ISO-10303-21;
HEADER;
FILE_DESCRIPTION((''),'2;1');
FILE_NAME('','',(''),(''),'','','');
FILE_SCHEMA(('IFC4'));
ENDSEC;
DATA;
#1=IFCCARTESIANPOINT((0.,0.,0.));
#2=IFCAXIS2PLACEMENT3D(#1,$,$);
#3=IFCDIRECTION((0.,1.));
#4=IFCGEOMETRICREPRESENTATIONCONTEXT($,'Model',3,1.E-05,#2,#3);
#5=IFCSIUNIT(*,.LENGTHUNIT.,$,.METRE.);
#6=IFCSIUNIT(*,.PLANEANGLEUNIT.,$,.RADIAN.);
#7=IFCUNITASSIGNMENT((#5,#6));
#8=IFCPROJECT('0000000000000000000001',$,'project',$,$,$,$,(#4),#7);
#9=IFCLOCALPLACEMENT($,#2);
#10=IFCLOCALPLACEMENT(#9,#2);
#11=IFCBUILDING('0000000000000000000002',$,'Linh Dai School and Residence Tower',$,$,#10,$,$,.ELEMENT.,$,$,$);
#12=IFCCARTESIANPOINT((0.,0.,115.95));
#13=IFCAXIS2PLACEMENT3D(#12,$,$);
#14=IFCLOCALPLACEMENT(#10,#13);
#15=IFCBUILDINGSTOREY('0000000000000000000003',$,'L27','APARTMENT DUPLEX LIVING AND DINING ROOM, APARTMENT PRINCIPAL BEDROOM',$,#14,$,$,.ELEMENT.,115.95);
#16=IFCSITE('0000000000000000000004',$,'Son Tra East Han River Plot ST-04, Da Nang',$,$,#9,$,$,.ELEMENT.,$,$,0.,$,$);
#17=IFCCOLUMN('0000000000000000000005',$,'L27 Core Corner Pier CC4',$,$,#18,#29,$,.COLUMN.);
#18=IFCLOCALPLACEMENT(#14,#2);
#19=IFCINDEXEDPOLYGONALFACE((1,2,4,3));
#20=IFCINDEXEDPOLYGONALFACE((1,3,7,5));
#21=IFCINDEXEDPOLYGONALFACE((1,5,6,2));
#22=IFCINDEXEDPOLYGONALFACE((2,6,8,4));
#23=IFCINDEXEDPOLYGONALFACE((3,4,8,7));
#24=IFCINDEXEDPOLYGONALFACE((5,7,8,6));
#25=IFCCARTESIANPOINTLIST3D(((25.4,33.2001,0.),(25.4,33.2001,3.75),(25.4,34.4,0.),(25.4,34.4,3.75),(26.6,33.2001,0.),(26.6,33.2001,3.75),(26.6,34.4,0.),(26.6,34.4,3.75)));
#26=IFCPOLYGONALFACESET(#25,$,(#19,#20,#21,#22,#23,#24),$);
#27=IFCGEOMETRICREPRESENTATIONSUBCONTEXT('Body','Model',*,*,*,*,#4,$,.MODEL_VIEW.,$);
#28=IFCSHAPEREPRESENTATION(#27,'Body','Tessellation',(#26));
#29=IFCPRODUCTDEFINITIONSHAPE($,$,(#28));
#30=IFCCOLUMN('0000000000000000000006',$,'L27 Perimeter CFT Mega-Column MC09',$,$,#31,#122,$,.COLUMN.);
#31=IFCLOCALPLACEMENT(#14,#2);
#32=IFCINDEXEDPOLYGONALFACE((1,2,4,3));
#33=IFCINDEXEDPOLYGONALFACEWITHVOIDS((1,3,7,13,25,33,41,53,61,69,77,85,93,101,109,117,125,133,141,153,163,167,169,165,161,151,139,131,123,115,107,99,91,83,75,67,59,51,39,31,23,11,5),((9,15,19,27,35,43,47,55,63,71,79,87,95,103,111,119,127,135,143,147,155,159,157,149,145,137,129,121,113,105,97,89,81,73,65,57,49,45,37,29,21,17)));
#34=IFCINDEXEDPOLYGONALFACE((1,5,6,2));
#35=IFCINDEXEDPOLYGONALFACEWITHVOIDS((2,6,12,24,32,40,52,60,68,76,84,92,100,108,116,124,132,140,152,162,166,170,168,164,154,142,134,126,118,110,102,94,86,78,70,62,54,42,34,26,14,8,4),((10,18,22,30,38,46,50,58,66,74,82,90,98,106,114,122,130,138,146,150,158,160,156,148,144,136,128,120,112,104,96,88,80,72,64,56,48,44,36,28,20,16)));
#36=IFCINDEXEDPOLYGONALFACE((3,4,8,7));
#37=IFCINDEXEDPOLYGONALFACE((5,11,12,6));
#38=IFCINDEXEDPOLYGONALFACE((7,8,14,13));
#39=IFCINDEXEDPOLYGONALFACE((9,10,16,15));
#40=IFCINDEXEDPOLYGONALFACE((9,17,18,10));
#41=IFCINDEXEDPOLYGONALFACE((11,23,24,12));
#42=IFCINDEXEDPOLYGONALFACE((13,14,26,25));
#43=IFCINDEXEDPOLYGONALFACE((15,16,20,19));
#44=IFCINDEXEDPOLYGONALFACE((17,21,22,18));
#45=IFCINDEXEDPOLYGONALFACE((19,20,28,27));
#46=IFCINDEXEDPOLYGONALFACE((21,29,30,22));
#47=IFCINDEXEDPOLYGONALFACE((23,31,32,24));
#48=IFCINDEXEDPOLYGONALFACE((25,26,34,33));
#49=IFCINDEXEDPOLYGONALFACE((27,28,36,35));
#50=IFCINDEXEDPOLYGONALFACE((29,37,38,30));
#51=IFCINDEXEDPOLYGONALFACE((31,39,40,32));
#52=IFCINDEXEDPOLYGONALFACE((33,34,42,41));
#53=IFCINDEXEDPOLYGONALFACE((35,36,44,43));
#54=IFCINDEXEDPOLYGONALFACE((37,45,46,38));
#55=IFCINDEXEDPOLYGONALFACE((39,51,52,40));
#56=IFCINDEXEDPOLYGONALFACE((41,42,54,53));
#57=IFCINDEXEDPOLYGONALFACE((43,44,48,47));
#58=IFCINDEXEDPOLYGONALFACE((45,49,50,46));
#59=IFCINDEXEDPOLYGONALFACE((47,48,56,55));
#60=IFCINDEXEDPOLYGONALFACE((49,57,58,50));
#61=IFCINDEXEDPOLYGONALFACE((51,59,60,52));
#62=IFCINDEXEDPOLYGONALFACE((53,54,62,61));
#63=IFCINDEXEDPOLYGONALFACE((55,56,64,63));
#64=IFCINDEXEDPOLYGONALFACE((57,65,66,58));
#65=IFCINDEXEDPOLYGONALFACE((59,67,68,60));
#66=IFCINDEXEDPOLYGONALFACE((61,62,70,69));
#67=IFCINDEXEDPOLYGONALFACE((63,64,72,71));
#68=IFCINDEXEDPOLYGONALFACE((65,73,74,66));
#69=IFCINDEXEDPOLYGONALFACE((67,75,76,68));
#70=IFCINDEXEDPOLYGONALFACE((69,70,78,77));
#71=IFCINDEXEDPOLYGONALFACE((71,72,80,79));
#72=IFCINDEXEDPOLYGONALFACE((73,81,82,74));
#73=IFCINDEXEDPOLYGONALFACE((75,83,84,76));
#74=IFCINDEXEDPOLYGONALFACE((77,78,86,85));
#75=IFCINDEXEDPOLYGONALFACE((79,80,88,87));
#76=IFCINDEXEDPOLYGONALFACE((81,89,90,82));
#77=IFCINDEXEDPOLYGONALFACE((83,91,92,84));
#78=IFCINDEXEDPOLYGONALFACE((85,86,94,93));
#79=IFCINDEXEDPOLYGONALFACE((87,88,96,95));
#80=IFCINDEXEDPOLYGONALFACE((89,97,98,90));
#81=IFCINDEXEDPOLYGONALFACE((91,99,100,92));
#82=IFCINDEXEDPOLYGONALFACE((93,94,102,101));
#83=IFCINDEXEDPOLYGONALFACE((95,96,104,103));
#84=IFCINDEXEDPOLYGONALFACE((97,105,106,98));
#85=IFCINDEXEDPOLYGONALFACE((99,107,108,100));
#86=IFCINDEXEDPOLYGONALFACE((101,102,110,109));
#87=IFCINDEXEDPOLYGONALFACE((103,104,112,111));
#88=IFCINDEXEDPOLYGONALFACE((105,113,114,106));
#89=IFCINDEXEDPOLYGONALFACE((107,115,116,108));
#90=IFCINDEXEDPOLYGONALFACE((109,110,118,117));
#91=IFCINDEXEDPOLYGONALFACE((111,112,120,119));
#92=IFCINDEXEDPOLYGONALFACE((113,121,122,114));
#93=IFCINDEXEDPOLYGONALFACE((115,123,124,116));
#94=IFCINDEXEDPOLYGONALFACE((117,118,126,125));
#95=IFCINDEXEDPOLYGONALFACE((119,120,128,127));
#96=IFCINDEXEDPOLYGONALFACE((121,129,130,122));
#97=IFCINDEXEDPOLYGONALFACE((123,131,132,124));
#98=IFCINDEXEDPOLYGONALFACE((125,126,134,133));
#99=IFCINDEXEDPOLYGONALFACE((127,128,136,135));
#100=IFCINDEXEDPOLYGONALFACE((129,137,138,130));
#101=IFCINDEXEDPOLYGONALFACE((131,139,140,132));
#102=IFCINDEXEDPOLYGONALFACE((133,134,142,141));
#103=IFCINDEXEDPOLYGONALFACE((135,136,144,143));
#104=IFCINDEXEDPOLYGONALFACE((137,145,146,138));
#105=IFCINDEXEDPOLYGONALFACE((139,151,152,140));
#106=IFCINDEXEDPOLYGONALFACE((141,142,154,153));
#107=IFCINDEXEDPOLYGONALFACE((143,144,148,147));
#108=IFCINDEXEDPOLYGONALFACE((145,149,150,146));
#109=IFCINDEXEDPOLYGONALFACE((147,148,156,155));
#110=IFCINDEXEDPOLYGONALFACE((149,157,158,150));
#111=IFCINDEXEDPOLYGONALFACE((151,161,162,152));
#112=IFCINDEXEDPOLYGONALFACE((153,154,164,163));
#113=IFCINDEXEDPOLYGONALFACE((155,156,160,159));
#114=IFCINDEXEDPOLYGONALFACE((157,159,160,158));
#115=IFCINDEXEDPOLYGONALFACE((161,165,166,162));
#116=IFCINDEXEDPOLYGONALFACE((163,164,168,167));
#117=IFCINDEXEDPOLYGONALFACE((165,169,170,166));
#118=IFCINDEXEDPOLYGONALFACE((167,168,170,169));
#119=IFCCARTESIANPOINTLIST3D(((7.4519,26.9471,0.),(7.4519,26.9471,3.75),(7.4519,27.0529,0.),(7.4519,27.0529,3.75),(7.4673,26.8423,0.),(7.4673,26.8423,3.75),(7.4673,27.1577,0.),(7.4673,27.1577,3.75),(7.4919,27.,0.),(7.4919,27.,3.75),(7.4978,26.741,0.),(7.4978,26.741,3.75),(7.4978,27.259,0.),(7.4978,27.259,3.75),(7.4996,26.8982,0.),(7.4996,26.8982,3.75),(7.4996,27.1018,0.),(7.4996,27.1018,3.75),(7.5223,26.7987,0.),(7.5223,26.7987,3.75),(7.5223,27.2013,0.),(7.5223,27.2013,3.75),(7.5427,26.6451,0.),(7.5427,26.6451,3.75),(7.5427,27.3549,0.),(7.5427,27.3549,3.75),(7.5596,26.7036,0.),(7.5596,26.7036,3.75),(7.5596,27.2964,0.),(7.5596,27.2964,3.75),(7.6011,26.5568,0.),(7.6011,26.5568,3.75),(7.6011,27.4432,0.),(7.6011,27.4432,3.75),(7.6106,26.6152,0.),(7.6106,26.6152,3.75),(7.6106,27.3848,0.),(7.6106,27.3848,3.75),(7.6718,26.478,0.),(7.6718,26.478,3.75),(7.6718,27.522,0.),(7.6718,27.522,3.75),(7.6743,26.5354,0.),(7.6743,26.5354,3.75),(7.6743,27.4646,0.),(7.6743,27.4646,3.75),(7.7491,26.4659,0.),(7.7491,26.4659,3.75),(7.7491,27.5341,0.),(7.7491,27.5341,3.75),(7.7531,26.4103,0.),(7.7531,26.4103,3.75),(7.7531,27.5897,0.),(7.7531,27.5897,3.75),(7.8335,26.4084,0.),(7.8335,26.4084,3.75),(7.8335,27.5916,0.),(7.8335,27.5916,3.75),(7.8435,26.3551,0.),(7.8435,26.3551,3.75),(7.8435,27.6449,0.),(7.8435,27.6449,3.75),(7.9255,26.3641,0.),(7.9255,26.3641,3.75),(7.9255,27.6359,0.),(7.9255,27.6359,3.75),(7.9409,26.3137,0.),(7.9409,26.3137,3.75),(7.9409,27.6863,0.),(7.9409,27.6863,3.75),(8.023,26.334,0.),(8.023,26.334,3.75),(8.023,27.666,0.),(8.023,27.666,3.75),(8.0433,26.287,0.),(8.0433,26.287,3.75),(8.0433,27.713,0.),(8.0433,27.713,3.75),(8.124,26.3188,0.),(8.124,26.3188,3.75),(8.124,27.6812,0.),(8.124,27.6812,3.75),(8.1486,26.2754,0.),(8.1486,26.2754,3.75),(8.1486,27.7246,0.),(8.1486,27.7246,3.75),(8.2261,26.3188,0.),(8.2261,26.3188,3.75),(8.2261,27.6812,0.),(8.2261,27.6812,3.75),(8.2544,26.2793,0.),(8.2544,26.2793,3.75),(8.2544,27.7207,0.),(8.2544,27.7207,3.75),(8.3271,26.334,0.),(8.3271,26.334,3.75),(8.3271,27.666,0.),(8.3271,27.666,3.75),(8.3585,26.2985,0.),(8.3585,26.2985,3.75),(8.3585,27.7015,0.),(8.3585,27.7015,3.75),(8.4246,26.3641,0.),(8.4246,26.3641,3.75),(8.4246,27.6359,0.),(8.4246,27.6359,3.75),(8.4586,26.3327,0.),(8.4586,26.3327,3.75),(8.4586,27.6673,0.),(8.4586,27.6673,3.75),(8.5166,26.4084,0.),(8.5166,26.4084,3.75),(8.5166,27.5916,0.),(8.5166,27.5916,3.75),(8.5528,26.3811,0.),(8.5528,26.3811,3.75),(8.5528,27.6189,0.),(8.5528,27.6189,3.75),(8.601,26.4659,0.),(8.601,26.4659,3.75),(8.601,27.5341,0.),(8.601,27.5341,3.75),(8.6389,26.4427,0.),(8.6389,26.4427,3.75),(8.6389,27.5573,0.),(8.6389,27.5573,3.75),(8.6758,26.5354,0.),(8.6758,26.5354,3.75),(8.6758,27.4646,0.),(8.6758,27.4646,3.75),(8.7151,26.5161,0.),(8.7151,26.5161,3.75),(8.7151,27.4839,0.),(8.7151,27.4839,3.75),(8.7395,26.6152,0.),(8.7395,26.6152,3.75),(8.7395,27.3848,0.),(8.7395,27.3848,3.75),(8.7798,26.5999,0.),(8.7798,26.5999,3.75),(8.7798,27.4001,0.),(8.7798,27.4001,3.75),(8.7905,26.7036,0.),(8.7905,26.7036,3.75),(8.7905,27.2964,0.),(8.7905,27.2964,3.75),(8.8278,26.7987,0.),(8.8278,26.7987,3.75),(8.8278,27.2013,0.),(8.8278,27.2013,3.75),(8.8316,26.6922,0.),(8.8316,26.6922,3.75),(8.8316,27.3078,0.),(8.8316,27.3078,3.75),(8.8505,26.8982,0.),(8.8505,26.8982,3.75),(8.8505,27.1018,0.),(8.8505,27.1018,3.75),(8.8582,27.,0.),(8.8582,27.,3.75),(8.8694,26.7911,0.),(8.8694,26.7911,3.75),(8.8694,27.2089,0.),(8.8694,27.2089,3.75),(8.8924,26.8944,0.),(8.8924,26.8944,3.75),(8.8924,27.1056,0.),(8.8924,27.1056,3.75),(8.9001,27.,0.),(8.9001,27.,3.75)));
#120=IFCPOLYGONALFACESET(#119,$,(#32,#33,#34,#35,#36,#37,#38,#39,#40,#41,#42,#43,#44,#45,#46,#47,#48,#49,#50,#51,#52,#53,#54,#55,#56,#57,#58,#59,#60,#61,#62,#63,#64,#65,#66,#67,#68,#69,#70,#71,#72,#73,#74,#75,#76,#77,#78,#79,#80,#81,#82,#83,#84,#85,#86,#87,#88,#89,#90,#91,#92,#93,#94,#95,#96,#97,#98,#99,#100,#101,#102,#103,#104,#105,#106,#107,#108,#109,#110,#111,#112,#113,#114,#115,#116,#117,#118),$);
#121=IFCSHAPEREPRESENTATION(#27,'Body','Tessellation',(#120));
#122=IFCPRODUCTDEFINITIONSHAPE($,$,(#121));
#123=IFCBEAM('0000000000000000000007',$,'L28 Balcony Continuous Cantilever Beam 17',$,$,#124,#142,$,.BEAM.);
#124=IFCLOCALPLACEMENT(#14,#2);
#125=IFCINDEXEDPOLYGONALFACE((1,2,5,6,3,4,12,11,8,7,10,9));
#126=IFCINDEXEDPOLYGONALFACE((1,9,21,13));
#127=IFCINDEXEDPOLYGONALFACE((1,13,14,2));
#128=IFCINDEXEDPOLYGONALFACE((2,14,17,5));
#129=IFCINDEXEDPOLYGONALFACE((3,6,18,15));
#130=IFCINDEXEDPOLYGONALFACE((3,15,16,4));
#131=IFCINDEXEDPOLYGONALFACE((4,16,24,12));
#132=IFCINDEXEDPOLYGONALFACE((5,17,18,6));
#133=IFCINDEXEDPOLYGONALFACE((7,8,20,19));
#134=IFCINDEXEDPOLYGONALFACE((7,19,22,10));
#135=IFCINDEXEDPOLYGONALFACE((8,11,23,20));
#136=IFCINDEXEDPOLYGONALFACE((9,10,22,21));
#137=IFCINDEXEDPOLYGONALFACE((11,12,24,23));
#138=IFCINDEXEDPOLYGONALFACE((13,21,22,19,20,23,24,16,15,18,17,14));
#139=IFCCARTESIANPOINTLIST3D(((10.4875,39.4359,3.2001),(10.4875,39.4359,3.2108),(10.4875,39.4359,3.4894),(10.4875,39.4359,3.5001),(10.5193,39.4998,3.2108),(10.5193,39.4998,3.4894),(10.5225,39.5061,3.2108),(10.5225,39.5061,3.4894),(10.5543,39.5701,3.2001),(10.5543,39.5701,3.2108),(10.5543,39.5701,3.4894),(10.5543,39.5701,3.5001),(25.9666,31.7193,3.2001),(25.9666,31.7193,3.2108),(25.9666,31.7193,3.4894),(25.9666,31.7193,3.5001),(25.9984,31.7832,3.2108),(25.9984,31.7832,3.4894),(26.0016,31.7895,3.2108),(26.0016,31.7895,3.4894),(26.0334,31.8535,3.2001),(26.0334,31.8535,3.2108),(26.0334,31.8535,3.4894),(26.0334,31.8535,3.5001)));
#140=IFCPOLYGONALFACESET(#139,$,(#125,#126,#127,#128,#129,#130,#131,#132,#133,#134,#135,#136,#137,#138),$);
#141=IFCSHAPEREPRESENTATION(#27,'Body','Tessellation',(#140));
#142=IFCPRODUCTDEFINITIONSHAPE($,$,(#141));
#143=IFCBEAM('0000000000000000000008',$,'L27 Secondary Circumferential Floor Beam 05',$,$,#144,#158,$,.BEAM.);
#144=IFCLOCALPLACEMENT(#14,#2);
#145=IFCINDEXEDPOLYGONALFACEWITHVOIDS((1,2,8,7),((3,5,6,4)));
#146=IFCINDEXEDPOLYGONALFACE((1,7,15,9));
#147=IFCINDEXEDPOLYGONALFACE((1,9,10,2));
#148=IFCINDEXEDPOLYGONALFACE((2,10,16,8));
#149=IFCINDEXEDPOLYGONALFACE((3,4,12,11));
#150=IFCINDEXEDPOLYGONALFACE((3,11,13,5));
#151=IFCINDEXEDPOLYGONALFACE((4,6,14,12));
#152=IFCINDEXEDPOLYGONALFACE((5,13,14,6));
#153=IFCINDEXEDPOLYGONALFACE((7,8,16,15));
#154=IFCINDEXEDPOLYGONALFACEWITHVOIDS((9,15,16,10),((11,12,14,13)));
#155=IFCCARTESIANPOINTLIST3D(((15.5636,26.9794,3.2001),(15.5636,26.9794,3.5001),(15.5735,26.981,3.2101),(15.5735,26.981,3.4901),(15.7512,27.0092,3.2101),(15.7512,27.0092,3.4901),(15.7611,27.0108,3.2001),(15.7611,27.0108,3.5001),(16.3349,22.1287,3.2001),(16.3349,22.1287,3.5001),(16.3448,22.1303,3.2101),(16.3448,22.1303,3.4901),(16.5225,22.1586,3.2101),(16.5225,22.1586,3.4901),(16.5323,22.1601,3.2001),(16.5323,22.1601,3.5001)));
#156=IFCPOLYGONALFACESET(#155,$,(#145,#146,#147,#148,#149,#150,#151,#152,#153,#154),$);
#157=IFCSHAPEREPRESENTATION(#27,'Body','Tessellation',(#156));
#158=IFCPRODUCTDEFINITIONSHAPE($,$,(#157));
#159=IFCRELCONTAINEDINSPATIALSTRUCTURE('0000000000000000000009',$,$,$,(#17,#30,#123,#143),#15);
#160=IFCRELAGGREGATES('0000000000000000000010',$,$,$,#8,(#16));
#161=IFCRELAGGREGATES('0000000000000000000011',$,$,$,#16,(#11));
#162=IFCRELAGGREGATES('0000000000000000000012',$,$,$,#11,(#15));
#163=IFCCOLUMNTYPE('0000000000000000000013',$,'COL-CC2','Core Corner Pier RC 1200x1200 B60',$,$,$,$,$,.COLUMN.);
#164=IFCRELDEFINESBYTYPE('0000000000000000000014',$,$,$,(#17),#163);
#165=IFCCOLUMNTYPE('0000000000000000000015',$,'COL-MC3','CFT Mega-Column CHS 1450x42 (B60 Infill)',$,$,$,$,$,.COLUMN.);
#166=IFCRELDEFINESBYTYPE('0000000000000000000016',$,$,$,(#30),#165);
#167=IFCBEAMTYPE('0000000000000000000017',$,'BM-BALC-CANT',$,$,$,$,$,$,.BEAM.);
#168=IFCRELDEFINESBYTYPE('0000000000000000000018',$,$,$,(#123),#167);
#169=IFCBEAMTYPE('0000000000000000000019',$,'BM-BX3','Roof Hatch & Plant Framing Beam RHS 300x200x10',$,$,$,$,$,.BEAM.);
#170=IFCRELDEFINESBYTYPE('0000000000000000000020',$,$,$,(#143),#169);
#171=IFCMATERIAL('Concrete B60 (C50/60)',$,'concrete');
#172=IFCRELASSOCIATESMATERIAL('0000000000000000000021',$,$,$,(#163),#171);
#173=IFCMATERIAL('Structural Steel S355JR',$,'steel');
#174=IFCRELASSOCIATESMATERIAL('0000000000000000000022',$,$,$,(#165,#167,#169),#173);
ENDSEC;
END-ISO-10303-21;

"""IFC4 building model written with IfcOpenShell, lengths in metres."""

from ifc_helpers import new_model, si_unit, direction, frame, origin, origin_2d, place, context, subcontext, project, spatial, rectangle, hollow_rectangle, hollow_circle, i_section, extrude, material, material_profile, profile_set, type_object, element, save


model = new_model("IFC4")

# Units and contexts
model_context = context("Model", 3, precision=1e-05, world=origin(), true_north=direction((0.0, 1.0)))
body_context = subcontext(model_context, "Body", "Model", "MODEL_VIEW")
ifc_project = project(units=[si_unit("LENGTHUNIT", "METRE"), si_unit("PLANEANGLEUNIT", "RADIAN")], contexts=[model_context])

# Site, building, storey
site_placement = place(None, origin())
site = spatial("IfcSite", under=ifc_project, at=site_placement, Name="Son Tra East Han River Plot ST-04, Da Nang", CompositionType="ELEMENT", RefElevation=0.0)
building_placement = place(site_placement, origin())
building = spatial("IfcBuilding", under=site, at=building_placement, Name="Linh Dai School and Residence Tower", CompositionType="ELEMENT")
storey_placement = place(building_placement, frame((0.0, 0.0, 115.95)))
storey = spatial("IfcBuildingStorey", under=building, at=storey_placement, Name="L27", Description="APARTMENT DUPLEX LIVING AND DINING ROOM, APARTMENT PRINCIPAL BEDROOM", CompositionType="ELEMENT", Elevation=115.95)

# Columns
ifc_material_1 = material(Name="Concrete B60 (C50/60)", Category="concrete")
ifc_material_profile_1 = material_profile(ifc_material_1, rectangle(XDim=1.2, YDim=1.2, at=origin_2d()), Name="RC 1200x1200")
ifc_profile_set_1 = profile_set([ifc_material_profile_1], Name="Concrete B60 (C50/60)")
column_type_1 = type_object("IfcColumnType", Name="COL-CC2", Description="Core Corner Pier RC 1200x1200 B60", PredefinedType="COLUMN", material=ifc_profile_set_1)
column_1_placement = place(storey_placement, frame((26.0, 33.8, 0.0), z_axis=(0.0, 0.0, 1.0), x_axis=(1.0, 0.0, 0.0)))
element("IfcColumn", 1, at=column_1_placement, inside=storey, type_object=column_type_1, Name="L27 Core Corner Pier CC4", PredefinedType="COLUMN", context=body_context, shape_type="SweptSolid", body=[
    extrude(rectangle(XDim=1.2, YDim=1.2, at=origin_2d()), origin(), (0.0, 0.0, 1.0), 3.75),
])
ifc_material_2 = material(Name="Structural Steel S355JR", Category="steel")
ifc_material_profile_2 = material_profile(ifc_material_2, hollow_circle(Radius=0.7251, WallThickness=0.042, at=origin_2d()), Name="CHS 1450x42")
ifc_profile_set_2 = profile_set([ifc_material_profile_2], Name="Structural Steel S355JR")
column_type_2 = type_object("IfcColumnType", Name="COL-MC3", Description="CFT Mega-Column CHS 1450x42 (B60 Infill)", PredefinedType="COLUMN", material=ifc_profile_set_2)
column_2_placement = place(storey_placement, frame((8.175, 27.0, 0.0), z_axis=(0.0, 0.0, 1.0), x_axis=(1.0, 0.0, 0.0)))
element("IfcColumn", 2, at=column_2_placement, inside=storey, type_object=column_type_2, Name="L27 Perimeter CFT Mega-Column MC09", PredefinedType="COLUMN", context=body_context, shape_type="SweptSolid", body=[
    extrude(hollow_circle(Radius=0.7251, WallThickness=0.042, at=origin_2d()), origin(), (0.0, 0.0, 1.0), 3.75),
])

# Beams
ifc_material_profile_3 = material_profile(ifc_material_2, i_section(OverallWidth=0.1499, OverallDepth=0.3, WebThickness=0.0071, FlangeThickness=0.0107, at=origin_2d()), Name="IPE 300")
ifc_profile_set_3 = profile_set([ifc_material_profile_3], Name="Structural Steel S355JR")
beam_type_1 = type_object("IfcBeamType", Name="BM-BALC-CANT", PredefinedType="BEAM", material=ifc_profile_set_3)
beam_1_placement = place(storey_placement, frame((26.0, 31.7864, 3.3501), z_axis=(-0.894957, 0.446152, 0.0), x_axis=(-0.446152, -0.894957, 0.0)))
element("IfcBeam", 3, at=beam_1_placement, inside=storey, type_object=beam_type_1, Name="L28 Balcony Continuous Cantilever Beam 17", PredefinedType="BEAM", context=body_context, shape_type="SweptSolid", body=[
    extrude(i_section(OverallWidth=0.1499, OverallDepth=0.3, WebThickness=0.0071, FlangeThickness=0.0107, at=origin_2d()), origin(), (0.0, 0.0, 1.0), 17.2959),
])
ifc_material_profile_4 = material_profile(ifc_material_2, hollow_rectangle(XDim=0.2, YDim=0.3, WallThickness=0.01, at=origin_2d()), Name="RHS 300x200x10")
ifc_profile_set_4 = profile_set([ifc_material_profile_4], Name="Structural Steel S355JR")
beam_type_2 = type_object("IfcBeamType", Name="BM-BX3", Description="Roof Hatch & Plant Framing Beam RHS 300x200x10", PredefinedType="BEAM", material=ifc_profile_set_4)
beam_2_placement = place(storey_placement, frame((15.6624, 26.9951, 3.3501), z_axis=(0.157027, -0.987594, 0.0), x_axis=(0.987594, 0.157027, 0.0)))
element("IfcBeam", 4, at=beam_2_placement, inside=storey, type_object=beam_type_2, Name="L27 Secondary Circumferential Floor Beam 05", PredefinedType="BEAM", context=body_context, shape_type="SweptSolid", body=[
    extrude(hollow_rectangle(XDim=0.2, YDim=0.3, WallThickness=0.01, at=origin_2d()), origin(), (0.0, 0.0, 1.0), 4.9116),
])

save(model, "model.ifc")
